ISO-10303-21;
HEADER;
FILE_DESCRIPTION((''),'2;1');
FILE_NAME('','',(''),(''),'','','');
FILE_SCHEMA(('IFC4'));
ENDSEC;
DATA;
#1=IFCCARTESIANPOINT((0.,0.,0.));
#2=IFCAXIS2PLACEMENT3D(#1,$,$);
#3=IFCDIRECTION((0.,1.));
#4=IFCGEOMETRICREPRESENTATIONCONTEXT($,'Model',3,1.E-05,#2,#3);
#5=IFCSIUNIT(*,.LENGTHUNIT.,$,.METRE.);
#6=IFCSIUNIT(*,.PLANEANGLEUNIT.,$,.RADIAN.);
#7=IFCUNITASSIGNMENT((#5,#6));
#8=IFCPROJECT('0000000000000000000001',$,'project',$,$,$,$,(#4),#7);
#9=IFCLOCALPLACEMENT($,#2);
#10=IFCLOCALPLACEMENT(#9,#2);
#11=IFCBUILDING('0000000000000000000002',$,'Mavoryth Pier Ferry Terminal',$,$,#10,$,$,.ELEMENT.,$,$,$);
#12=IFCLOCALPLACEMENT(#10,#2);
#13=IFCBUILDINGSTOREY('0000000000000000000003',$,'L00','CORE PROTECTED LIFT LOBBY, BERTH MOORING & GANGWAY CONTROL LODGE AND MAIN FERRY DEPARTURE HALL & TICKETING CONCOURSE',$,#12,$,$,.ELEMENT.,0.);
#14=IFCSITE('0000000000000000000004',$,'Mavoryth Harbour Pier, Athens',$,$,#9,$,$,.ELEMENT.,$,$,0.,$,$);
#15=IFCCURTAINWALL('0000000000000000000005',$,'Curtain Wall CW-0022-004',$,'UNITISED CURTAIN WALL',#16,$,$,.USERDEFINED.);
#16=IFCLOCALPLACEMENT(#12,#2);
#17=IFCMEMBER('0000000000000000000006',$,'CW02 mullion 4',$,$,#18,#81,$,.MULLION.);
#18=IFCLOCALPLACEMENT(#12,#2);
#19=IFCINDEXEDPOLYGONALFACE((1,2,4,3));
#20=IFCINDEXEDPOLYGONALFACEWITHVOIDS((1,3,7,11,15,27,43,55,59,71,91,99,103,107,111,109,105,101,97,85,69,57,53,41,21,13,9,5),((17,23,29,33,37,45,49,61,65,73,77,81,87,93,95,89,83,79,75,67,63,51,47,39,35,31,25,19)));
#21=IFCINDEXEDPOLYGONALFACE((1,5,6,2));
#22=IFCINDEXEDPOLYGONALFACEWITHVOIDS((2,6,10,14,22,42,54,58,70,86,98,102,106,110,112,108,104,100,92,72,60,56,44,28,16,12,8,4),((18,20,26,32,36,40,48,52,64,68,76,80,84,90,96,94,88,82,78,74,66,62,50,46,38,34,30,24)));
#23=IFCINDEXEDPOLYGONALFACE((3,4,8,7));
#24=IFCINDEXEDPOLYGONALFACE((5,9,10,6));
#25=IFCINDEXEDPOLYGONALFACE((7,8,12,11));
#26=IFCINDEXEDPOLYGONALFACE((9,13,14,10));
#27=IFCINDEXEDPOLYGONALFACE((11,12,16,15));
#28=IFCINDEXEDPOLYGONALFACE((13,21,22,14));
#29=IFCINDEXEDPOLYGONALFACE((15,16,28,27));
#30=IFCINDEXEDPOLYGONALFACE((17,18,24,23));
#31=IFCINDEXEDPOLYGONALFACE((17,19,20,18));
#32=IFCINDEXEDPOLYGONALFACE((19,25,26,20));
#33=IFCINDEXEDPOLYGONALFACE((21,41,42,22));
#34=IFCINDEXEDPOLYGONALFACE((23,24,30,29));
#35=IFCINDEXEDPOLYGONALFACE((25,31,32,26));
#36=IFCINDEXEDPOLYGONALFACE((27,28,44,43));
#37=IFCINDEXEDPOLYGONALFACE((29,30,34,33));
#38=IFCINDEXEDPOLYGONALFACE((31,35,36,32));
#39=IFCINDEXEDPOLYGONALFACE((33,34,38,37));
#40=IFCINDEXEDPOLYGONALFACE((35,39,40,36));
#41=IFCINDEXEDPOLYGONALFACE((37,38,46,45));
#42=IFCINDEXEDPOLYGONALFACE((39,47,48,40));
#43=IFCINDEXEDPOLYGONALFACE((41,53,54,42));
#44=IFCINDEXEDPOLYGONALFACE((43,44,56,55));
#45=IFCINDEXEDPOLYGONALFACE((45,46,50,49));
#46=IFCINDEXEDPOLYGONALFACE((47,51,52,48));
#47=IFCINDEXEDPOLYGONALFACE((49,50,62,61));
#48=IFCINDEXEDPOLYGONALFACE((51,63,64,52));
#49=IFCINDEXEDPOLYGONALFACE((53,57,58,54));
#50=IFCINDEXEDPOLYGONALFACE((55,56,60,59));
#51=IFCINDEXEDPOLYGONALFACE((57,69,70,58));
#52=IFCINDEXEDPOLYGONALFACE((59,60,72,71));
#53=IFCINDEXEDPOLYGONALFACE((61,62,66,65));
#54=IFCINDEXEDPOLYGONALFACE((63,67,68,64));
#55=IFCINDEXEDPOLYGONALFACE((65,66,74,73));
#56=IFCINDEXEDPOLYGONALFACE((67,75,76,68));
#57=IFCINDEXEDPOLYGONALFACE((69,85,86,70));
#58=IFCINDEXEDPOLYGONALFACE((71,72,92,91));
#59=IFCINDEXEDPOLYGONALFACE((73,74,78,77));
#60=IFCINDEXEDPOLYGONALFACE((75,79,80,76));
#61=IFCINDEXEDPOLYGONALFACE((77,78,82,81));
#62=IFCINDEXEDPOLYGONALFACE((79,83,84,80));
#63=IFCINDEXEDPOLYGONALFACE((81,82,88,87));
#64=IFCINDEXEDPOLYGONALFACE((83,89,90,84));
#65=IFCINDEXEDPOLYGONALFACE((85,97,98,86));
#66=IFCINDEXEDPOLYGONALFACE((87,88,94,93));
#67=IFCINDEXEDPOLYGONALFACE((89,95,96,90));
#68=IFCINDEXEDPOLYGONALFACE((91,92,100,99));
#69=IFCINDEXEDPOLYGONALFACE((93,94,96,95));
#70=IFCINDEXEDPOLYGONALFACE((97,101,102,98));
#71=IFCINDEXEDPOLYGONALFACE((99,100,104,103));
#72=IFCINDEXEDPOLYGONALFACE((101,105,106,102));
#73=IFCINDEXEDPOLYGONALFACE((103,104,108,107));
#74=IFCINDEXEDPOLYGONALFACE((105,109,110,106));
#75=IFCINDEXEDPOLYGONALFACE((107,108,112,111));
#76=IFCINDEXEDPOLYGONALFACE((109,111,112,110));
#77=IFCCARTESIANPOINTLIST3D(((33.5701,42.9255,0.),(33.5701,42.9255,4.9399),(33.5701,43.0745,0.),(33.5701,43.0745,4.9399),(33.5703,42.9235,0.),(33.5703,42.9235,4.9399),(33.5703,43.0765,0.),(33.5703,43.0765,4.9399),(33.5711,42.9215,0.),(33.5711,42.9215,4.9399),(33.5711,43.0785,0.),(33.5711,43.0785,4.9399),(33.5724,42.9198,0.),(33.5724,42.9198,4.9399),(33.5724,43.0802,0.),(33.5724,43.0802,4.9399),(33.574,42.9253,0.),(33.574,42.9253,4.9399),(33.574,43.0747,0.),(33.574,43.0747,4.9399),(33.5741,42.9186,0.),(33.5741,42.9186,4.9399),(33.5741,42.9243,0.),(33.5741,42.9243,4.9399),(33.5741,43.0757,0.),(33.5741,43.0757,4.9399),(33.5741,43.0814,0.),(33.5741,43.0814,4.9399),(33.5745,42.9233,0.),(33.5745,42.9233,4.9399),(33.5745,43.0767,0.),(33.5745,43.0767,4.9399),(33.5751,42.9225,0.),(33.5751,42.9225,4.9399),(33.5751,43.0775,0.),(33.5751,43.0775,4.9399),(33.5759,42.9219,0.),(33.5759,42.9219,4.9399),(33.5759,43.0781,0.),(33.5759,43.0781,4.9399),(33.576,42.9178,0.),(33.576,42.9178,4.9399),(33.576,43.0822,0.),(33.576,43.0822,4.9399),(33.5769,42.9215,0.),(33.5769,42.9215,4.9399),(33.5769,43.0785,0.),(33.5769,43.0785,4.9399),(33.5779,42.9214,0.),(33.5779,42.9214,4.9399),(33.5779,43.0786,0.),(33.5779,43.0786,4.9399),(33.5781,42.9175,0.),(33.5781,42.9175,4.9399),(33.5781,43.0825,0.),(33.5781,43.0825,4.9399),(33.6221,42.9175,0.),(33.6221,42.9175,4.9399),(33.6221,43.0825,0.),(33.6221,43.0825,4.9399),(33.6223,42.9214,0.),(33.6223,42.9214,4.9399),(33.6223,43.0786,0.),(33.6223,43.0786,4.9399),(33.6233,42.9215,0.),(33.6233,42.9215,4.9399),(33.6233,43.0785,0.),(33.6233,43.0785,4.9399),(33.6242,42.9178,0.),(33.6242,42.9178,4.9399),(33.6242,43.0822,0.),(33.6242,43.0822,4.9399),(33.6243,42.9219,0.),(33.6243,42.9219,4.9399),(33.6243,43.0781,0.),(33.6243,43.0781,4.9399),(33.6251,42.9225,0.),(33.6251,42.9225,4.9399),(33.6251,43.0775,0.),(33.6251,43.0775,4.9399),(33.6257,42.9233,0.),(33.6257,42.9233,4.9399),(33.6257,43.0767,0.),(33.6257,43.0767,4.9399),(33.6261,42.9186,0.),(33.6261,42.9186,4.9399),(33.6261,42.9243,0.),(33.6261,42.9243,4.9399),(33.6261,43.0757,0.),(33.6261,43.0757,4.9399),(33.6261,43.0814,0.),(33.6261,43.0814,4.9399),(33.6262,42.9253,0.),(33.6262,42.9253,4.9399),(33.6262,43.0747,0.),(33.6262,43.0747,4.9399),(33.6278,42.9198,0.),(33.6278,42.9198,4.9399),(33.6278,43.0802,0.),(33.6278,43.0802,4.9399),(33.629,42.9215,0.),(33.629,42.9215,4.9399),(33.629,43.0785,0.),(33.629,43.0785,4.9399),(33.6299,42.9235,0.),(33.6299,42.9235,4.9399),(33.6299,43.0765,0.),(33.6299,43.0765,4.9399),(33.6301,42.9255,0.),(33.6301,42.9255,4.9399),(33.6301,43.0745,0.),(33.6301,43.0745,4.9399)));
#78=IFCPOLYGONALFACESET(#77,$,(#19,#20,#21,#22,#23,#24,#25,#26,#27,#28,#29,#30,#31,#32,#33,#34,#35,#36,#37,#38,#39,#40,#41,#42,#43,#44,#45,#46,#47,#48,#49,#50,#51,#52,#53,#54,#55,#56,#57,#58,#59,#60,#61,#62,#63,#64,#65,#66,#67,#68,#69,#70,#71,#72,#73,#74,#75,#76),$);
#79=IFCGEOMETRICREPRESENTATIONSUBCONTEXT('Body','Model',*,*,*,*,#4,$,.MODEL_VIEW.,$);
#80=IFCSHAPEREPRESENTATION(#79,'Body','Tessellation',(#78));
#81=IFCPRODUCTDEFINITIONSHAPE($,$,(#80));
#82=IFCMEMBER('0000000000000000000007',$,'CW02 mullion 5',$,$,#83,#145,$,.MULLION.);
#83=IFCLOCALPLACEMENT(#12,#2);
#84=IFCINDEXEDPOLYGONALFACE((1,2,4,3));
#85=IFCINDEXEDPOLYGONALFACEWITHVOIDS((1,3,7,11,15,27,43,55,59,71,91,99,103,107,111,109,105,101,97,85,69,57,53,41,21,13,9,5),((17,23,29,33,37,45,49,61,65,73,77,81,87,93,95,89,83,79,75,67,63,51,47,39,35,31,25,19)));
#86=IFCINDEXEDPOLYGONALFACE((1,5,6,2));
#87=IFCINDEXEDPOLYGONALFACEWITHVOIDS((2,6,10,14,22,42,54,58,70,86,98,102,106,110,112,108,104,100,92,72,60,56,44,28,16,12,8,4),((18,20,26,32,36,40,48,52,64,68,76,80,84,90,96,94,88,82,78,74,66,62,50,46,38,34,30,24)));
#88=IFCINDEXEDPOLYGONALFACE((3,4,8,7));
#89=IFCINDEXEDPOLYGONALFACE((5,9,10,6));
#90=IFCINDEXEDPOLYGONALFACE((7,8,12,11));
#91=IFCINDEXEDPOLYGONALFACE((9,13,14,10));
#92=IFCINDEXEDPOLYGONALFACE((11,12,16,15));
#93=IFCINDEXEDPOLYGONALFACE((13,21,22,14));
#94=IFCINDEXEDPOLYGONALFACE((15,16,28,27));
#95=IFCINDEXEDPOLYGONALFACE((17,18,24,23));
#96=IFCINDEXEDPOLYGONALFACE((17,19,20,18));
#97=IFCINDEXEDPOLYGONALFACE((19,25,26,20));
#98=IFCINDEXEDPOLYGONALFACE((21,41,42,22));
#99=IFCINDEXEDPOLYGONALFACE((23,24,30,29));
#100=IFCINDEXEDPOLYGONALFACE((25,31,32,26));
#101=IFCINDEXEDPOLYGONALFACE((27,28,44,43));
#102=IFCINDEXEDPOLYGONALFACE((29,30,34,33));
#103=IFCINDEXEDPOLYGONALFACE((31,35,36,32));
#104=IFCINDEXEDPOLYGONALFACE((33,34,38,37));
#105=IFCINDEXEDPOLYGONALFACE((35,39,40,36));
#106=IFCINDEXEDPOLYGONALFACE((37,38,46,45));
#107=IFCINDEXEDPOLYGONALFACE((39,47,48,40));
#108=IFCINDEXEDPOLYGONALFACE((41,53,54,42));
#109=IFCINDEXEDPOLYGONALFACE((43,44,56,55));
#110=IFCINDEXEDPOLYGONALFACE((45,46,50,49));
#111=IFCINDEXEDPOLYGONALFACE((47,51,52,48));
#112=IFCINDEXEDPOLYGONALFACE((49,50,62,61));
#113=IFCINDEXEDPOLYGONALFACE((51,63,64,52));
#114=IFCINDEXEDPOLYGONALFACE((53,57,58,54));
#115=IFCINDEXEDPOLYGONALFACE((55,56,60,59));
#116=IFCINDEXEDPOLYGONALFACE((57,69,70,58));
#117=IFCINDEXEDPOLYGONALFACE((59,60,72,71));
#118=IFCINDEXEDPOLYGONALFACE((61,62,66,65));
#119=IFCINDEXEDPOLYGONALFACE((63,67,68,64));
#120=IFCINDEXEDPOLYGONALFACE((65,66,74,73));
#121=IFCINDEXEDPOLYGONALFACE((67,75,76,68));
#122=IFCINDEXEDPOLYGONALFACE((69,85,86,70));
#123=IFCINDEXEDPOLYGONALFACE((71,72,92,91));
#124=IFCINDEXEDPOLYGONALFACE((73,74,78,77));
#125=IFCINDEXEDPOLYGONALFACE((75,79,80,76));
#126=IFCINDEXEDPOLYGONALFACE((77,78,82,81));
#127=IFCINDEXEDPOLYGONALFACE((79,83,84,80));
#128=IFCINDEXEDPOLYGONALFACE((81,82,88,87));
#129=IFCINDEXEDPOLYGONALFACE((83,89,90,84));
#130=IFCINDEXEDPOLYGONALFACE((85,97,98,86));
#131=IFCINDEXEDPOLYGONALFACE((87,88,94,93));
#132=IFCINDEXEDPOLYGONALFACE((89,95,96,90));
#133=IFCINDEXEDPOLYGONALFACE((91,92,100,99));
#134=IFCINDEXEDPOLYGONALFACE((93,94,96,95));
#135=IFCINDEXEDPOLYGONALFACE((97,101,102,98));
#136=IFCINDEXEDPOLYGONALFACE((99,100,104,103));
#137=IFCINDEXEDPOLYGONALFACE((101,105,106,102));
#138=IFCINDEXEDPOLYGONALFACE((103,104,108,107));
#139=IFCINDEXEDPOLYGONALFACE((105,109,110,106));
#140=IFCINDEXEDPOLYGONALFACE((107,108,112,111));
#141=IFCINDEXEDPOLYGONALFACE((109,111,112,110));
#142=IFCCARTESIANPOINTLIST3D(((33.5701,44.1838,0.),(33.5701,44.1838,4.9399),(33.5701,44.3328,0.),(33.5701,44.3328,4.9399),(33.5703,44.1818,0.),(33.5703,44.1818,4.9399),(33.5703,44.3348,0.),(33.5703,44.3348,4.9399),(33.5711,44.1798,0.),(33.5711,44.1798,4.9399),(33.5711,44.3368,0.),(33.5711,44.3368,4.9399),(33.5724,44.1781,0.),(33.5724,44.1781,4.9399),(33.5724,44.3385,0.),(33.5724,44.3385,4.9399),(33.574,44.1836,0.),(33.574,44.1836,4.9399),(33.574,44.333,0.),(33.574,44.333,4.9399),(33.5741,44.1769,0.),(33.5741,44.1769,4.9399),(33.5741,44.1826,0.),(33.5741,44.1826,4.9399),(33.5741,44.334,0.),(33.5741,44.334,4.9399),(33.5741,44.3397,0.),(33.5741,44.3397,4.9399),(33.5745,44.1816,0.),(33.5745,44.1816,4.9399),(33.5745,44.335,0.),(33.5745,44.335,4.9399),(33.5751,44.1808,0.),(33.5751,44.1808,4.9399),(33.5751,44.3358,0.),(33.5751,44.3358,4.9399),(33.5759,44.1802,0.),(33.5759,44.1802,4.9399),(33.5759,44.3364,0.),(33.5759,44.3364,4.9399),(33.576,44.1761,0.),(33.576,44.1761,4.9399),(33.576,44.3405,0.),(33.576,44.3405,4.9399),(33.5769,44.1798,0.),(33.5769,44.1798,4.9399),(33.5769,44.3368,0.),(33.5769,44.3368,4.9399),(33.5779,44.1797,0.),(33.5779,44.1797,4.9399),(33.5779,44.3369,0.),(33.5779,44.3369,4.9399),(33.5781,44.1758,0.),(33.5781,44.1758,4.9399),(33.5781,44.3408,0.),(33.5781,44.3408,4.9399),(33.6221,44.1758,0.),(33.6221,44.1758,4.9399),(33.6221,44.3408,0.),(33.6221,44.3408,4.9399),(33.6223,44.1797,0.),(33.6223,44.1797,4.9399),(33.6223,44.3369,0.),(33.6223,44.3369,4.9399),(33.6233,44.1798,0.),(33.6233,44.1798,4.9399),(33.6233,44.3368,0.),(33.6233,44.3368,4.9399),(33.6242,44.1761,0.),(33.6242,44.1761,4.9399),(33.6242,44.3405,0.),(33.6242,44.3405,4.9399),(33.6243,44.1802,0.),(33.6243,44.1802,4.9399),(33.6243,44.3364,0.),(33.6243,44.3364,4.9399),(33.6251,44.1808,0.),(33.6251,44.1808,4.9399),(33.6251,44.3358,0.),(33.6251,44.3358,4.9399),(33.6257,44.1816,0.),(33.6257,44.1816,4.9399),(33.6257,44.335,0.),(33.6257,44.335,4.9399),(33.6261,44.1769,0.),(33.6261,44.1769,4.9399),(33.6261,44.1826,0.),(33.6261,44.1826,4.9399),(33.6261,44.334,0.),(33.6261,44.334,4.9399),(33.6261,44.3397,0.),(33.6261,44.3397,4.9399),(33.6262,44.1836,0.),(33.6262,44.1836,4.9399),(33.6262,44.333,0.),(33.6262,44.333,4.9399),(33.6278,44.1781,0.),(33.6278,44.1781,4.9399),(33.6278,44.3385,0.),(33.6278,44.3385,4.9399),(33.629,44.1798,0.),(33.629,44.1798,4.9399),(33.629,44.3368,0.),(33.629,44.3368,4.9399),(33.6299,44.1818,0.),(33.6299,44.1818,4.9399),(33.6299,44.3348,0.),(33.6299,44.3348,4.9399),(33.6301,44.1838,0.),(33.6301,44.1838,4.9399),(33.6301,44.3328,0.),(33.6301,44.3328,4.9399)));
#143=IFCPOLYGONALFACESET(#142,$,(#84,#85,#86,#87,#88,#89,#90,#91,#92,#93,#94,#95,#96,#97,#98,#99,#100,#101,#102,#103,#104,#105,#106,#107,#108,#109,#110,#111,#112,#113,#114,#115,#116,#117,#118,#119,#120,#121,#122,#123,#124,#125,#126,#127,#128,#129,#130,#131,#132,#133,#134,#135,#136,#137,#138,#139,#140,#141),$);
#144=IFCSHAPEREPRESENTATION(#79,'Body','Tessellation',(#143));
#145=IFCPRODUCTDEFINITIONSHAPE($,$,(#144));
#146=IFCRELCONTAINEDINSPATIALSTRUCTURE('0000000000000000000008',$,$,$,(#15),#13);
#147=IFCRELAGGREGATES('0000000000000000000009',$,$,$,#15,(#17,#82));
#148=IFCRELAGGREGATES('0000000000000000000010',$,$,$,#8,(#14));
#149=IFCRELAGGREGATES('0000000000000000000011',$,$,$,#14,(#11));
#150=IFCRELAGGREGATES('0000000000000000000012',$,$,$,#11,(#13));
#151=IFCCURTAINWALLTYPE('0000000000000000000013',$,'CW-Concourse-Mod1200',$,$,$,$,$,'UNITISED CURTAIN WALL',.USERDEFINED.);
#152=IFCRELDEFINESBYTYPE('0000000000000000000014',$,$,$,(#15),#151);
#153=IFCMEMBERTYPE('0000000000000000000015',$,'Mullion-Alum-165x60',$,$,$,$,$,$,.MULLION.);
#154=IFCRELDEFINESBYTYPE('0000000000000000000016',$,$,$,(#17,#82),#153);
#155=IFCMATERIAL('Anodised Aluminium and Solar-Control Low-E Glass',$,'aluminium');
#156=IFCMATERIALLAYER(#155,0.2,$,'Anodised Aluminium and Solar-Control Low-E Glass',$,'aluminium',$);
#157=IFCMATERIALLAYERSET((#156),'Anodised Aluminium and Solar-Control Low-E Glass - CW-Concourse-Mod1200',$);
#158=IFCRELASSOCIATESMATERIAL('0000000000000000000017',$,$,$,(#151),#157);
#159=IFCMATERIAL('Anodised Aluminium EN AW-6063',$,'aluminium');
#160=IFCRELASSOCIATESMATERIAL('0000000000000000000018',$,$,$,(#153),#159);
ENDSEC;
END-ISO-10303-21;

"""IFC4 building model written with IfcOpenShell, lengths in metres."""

from ifc_helpers import new_model, si_unit, direction, frame, origin, origin_2d, place, context, subcontext, project, spatial, hollow_rectangle, extrude, material, layer, layer_set, material_profile, profile_set, type_object, element, aggregate, save


model = new_model("IFC4")

# Units and contexts
model_context = context("Model", 3, precision=1e-05, world=origin(), true_north=direction((0.0, 1.0)))
body_context = subcontext(model_context, "Body", "Model", "MODEL_VIEW")
ifc_project = project(units=[si_unit("LENGTHUNIT", "METRE"), si_unit("PLANEANGLEUNIT", "RADIAN")], contexts=[model_context])

# Site, building, storey
site_placement = place(None, origin())
site = spatial("IfcSite", under=ifc_project, at=site_placement, Name="Mavoryth Harbour Pier, Athens", CompositionType="ELEMENT", RefElevation=0.0)
building_placement = place(site_placement, origin())
building = spatial("IfcBuilding", under=site, at=building_placement, Name="Mavoryth Pier Ferry Terminal", CompositionType="ELEMENT")
storey_placement = place(building_placement, origin())
storey = spatial("IfcBuildingStorey", under=building, at=storey_placement, Name="L00", Description="CORE PROTECTED LIFT LOBBY, BERTH MOORING & GANGWAY CONTROL LODGE AND MAIN FERRY DEPARTURE HALL & TICKETING CONCOURSE", CompositionType="ELEMENT", Elevation=0.0)

# Curtain wall, members
ifc_material_1 = material(Name="Anodised Aluminium and Solar-Control Low-E Glass", Category="aluminium")
ifc_layer_1 = layer(ifc_material_1, 0.2, Name="Anodised Aluminium and Solar-Control Low-E Glass", Category="aluminium")
ifc_layer_set_1 = layer_set([ifc_layer_1], Name="Anodised Aluminium and Solar-Control Low-E Glass - CW-Concourse-Mod1200")
curtain_wall_type = type_object("IfcCurtainWallType", Name="CW-Concourse-Mod1200", ElementType="UNITISED CURTAIN WALL", PredefinedType="USERDEFINED", material=ifc_layer_set_1)
curtain_wall_placement = place(storey_placement, origin())
curtain_wall = element("IfcCurtainWall", 1, at=curtain_wall_placement, inside=storey, type_object=curtain_wall_type, Name="Curtain Wall CW-0022-004", ObjectType="UNITISED CURTAIN WALL", PredefinedType="USERDEFINED")
ifc_material_2 = material(Name="Anodised Aluminium EN AW-6063", Category="aluminium")
ifc_material_profile_1 = material_profile(ifc_material_2, hollow_rectangle(XDim=0.0601, YDim=0.165, WallThickness=0.0039, InnerFilletRadius=0.0039, OuterFilletRadius=0.0081, at=origin_2d()), Name="AL-MULL 165x60x4", Category="aluminium")
ifc_profile_set_1 = profile_set([ifc_material_profile_1], Name="Anodised Aluminium EN AW-6063 - AL-MULL 165x60x4")
member_type_1 = type_object("IfcMemberType", Name="Mullion-Alum-165x60", PredefinedType="MULLION", material=ifc_profile_set_1)
member_1_placement = place(storey_placement, frame((33.6001, 43.0, 0.0), z_axis=(0.0, 0.0, 1.0), x_axis=(-1.0, 0.0, 0.0)))
member_1 = element("IfcMember", 2, at=member_1_placement, type_object=member_type_1, Name="CW02 mullion 4", PredefinedType="MULLION", context=body_context, shape_type="SweptSolid", body=[
    extrude(hollow_rectangle(XDim=0.0601, YDim=0.165, WallThickness=0.0039, InnerFilletRadius=0.0039, OuterFilletRadius=0.0081, at=origin_2d()), origin(), (0.0, 0.0, 1.0), 4.9399),
])
member_2_placement = place(storey_placement, frame((33.6001, 44.2583, 0.0), z_axis=(0.0, 0.0, 1.0), x_axis=(-1.0, 0.0, 0.0)))
member_2 = element("IfcMember", 3, at=member_2_placement, type_object=member_type_1, Name="CW02 mullion 5", PredefinedType="MULLION", context=body_context, shape_type="SweptSolid", body=[
    extrude(hollow_rectangle(XDim=0.0601, YDim=0.165, WallThickness=0.0039, InnerFilletRadius=0.0039, OuterFilletRadius=0.0081, at=origin_2d()), origin(), (0.0, 0.0, 1.0), 4.9399),
])
aggregate(curtain_wall, [member_1, member_2])

save(model, "model.ifc")
